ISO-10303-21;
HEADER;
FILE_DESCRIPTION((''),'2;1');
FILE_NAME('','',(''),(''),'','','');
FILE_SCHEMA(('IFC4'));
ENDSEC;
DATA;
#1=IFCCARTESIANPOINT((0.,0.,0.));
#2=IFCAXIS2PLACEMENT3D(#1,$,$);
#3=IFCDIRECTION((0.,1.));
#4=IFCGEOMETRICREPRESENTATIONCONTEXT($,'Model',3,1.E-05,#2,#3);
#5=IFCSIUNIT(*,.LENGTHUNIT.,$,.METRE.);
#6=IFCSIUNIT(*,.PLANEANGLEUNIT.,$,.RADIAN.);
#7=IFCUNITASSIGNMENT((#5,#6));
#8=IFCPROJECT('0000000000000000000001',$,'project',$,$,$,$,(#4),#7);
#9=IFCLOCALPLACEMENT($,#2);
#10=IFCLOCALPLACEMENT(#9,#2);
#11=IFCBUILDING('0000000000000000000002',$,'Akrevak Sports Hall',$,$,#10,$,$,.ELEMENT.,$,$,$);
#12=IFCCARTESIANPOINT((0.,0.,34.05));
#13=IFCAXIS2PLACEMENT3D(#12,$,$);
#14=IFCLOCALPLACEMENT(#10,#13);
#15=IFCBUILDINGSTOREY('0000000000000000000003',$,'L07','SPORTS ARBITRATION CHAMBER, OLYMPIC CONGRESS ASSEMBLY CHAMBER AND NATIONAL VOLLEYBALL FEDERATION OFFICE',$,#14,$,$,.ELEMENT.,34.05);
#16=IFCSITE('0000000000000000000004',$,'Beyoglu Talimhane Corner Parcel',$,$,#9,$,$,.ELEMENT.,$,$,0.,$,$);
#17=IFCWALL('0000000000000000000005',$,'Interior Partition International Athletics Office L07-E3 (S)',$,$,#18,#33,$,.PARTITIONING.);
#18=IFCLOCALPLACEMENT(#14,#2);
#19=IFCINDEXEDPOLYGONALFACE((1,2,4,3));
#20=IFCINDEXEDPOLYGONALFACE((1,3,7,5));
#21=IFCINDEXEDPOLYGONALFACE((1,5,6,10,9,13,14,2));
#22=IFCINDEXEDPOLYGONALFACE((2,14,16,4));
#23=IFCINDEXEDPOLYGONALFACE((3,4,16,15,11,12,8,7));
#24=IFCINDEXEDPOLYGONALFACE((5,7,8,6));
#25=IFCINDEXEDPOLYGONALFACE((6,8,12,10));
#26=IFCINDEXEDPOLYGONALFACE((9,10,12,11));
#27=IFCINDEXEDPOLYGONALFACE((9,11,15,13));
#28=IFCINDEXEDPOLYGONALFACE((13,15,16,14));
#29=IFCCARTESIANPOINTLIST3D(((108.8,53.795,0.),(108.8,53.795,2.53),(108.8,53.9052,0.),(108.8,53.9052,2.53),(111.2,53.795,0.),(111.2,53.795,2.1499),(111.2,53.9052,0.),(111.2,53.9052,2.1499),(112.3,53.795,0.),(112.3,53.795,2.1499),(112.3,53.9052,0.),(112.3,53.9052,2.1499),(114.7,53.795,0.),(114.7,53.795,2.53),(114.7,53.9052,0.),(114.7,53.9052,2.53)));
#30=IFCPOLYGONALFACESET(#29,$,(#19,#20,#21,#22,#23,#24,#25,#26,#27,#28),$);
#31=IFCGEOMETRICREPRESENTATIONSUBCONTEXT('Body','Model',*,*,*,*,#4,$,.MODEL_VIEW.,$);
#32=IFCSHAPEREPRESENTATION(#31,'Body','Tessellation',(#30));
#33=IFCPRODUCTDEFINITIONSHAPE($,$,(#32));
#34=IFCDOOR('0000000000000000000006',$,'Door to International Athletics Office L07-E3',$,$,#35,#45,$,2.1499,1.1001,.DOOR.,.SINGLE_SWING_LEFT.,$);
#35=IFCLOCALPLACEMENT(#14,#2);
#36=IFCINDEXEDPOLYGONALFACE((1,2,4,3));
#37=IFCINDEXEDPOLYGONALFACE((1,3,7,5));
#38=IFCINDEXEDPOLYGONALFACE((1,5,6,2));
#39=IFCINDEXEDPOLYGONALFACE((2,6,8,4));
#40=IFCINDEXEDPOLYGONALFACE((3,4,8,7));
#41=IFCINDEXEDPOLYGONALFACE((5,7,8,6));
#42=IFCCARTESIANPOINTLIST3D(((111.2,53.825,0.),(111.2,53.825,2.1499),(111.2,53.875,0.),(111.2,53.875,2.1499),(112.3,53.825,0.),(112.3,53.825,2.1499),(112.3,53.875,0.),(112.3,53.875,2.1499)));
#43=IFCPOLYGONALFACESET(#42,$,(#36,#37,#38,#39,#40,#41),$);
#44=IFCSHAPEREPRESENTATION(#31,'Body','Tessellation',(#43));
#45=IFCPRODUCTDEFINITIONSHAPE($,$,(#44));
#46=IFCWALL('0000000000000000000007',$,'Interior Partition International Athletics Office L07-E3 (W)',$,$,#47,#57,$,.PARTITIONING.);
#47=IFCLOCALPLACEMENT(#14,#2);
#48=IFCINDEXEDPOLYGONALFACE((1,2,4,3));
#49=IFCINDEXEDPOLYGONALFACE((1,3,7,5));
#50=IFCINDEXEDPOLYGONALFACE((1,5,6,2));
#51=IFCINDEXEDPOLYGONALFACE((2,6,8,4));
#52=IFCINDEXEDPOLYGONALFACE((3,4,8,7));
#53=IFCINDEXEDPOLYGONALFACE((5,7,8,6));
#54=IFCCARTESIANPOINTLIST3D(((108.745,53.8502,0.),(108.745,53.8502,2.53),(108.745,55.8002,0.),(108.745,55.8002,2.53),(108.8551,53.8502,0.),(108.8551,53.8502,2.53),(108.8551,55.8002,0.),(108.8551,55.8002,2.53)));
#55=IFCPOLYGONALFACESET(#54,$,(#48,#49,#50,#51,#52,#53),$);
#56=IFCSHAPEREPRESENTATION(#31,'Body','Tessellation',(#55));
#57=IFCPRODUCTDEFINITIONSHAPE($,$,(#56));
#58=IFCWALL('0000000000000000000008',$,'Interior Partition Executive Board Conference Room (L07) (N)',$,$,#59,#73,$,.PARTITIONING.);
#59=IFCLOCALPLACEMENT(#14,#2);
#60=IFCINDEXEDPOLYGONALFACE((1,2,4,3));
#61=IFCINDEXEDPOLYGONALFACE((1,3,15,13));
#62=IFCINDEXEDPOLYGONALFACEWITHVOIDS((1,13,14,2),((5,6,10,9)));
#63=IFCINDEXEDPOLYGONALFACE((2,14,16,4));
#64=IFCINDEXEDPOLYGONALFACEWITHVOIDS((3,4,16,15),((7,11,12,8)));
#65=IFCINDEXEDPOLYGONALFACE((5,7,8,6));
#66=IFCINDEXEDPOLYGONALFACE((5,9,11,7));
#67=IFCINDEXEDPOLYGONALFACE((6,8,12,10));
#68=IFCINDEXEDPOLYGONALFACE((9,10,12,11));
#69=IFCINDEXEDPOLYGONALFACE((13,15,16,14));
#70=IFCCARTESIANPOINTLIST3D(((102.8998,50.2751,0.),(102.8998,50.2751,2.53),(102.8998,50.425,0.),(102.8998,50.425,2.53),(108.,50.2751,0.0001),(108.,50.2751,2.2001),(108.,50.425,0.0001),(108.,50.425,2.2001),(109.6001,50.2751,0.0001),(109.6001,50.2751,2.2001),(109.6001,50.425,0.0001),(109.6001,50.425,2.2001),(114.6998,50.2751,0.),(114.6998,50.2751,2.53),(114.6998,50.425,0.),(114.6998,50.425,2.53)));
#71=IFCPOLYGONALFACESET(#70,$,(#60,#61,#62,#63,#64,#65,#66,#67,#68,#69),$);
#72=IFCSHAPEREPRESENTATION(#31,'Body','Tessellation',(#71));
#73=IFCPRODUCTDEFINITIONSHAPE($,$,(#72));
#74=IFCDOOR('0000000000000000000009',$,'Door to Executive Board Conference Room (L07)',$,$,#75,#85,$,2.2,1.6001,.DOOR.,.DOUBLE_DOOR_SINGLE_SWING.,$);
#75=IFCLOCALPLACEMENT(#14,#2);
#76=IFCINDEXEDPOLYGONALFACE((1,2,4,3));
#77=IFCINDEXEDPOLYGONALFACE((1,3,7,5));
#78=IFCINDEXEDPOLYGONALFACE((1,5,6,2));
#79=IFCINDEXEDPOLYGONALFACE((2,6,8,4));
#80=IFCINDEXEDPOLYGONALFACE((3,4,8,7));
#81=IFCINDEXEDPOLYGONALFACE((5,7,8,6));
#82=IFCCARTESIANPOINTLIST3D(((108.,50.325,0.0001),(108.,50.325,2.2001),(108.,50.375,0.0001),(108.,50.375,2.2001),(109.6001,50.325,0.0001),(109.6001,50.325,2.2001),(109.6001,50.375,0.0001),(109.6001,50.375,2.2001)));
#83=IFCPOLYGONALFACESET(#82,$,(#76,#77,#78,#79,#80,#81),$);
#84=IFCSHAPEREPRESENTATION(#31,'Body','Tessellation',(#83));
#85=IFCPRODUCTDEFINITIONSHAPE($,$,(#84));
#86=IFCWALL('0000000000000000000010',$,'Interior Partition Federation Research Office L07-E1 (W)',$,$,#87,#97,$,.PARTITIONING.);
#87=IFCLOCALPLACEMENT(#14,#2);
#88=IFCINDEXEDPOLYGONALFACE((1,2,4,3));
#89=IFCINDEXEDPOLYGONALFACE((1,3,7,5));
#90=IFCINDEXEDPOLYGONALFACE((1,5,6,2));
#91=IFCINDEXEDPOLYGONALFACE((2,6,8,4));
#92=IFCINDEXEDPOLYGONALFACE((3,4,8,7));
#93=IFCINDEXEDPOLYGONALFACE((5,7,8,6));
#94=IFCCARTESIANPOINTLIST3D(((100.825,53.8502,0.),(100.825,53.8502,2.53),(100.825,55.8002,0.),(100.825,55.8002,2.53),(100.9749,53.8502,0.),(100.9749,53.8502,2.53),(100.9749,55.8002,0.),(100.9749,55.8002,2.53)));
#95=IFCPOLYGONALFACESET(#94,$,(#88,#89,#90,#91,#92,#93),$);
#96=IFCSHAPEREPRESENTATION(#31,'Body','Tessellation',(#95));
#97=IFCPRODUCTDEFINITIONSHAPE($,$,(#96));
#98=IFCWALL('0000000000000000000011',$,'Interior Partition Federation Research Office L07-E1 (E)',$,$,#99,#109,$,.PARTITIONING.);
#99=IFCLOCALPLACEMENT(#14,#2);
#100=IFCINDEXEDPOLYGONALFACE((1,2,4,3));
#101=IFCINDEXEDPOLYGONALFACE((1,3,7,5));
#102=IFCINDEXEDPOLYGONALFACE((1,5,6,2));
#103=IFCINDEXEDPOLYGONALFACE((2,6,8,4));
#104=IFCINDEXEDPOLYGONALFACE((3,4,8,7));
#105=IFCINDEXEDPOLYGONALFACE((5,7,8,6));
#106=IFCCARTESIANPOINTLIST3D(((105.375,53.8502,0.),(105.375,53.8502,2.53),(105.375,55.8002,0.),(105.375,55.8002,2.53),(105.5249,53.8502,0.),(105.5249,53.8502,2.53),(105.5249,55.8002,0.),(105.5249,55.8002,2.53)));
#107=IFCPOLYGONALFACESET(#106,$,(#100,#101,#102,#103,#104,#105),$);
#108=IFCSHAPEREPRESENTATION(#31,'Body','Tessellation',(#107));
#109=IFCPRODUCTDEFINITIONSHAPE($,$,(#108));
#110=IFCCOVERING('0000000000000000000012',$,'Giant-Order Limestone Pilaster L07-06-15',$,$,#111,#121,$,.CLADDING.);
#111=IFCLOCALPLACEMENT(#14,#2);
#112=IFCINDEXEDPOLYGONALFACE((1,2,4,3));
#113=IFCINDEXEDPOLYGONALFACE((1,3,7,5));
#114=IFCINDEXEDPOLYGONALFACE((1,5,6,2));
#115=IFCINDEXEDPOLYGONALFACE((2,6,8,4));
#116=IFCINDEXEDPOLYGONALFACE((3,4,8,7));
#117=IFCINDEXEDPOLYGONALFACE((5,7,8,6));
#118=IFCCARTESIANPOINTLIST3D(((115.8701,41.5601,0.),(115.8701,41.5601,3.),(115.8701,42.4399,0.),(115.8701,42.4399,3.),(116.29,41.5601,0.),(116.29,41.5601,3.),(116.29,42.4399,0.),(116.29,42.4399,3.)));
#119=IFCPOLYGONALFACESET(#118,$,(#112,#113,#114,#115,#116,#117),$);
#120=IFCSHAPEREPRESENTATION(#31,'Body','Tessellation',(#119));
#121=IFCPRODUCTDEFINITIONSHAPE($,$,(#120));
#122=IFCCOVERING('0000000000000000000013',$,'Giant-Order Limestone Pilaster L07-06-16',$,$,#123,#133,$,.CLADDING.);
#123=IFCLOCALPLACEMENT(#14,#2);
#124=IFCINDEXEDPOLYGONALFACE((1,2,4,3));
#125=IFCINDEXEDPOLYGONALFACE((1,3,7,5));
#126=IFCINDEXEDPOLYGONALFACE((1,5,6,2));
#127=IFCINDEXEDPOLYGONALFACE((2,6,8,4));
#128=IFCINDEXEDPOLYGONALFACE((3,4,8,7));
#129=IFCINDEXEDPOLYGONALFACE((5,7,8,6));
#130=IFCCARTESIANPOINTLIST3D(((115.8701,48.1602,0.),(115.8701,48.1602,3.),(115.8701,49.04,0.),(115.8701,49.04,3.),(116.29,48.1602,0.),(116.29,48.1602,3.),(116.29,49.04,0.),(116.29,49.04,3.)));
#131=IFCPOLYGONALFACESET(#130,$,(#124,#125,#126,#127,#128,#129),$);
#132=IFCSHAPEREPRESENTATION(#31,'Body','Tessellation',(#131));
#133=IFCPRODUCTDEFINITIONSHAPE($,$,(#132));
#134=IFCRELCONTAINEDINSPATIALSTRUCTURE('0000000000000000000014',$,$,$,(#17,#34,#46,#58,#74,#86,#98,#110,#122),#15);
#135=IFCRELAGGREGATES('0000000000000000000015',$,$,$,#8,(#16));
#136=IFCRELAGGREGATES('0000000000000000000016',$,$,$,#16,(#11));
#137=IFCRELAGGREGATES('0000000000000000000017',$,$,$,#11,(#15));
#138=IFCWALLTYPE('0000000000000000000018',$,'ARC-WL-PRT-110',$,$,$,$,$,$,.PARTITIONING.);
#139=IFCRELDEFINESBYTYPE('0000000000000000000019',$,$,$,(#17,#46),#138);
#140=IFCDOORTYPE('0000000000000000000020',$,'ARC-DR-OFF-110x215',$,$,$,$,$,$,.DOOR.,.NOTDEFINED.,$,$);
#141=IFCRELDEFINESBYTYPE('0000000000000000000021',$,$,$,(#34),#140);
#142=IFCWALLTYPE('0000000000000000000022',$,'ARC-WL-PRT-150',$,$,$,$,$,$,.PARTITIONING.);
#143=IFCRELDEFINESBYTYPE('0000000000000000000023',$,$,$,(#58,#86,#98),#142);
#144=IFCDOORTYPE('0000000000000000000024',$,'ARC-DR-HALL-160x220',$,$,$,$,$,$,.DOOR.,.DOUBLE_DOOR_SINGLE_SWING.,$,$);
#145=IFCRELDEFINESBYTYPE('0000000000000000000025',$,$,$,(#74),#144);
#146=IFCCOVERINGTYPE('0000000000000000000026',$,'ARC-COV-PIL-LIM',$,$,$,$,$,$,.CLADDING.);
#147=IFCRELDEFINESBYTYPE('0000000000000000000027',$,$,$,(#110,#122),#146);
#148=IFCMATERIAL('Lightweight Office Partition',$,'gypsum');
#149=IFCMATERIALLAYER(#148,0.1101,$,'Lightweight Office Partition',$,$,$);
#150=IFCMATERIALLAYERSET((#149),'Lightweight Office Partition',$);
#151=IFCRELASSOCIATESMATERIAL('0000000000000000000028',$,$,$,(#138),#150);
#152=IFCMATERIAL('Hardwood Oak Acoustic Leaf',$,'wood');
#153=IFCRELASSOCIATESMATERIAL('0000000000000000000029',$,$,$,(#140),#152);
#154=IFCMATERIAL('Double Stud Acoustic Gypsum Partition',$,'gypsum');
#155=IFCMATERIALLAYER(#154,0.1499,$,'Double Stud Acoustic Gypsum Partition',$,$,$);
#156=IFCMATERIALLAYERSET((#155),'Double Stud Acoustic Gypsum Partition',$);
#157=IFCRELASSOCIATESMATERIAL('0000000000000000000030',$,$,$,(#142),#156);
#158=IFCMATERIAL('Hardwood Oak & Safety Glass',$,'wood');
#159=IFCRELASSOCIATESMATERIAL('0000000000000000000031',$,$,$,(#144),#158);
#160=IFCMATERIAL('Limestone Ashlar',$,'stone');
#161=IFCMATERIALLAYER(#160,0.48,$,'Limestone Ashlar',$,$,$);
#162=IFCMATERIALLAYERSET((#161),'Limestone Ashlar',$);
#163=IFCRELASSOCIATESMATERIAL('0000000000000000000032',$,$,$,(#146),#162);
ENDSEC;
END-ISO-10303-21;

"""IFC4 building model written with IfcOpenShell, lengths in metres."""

from ifc_helpers import new_model, si_unit, direction, frame, frame_2d, origin, origin_2d, place, context, subcontext, project, spatial, rectangle, extrude, material, layer, layer_set, type_object, element, fill, save


model = new_model("IFC4")

# Units and contexts
model_context = context("Model", 3, precision=1e-05, world=origin(), true_north=direction((0.0, 1.0)))
body_context = subcontext(model_context, "Body", "Model", "MODEL_VIEW")
ifc_project = project(units=[si_unit("LENGTHUNIT", "METRE"), si_unit("PLANEANGLEUNIT", "RADIAN")], contexts=[model_context])

# Site, building, storey
site_placement = place(None, origin())
site = spatial("IfcSite", under=ifc_project, at=site_placement, Name="Beyoglu Talimhane Corner Parcel", CompositionType="ELEMENT", RefElevation=0.0)
building_placement = place(site_placement, origin())
building = spatial("IfcBuilding", under=site, at=building_placement, Name="Akrevak Sports Hall", CompositionType="ELEMENT")
storey_placement = place(building_placement, frame((0.0, 0.0, 34.05)))
storey = spatial("IfcBuildingStorey", under=building, at=storey_placement, Name="L07", Description="SPORTS ARBITRATION CHAMBER, OLYMPIC CONGRESS ASSEMBLY CHAMBER AND NATIONAL VOLLEYBALL FEDERATION OFFICE", CompositionType="ELEMENT", Elevation=34.05)

# Wall, opening, door
ifc_material_1 = material(Name="Lightweight Office Partition", Category="gypsum")
ifc_layer_1 = layer(ifc_material_1, 0.1101, Name="Lightweight Office Partition")
ifc_layer_set_1 = layer_set([ifc_layer_1], Name="Lightweight Office Partition")
wall_type_1 = type_object("IfcWallType", Name="ARC-WL-PRT-110", PredefinedType="PARTITIONING", material=ifc_layer_set_1)
wall_1_placement = place(storey_placement, frame((108.8, 53.8501, 0.0), z_axis=(0.0, 0.0, 1.0), x_axis=(1.0, 0.0, 0.0)))
wall_1 = element("IfcWall", 1, at=wall_1_placement, inside=storey, type_object=wall_type_1, Name="Interior Partition International Athletics Office L07-E3 (S)", PredefinedType="PARTITIONING", context=body_context, shape_type="SweptSolid", body=[
    extrude(rectangle(XDim=5.8999, YDim=0.1101, at=frame_2d((2.95, 0.0))), origin(), (0.0, 0.0, 1.0), 2.53),
])
opening_1_placement = place(wall_1_placement, frame((2.3999, 0.0, 0.0)))
opening_1 = element("IfcOpeningElement", 2, at=opening_1_placement, cuts=wall_1, PredefinedType="OPENING", context=body_context, shape_type="SweptSolid", body=[
    extrude(rectangle(XDim=1.1001, YDim=2.1499, at=frame_2d((0.55, 1.075))), frame((0.0, 0.0669, 0.0), z_axis=(0.0, -1.0, 0.0), x_axis=(1.0, 0.0, 0.0)), (0.0, 0.0, 1.0), 0.134),
])
ifc_material_2 = material(Name="Hardwood Oak Acoustic Leaf", Category="wood")
door_type_1 = type_object("IfcDoorType", Name="ARC-DR-OFF-110x215", OperationType="NOTDEFINED", PredefinedType="DOOR", material=ifc_material_2)
door_1_placement = place(opening_1_placement, origin())
door_1 = element("IfcDoor", 3, at=door_1_placement, inside=storey, type_object=door_type_1, Name="Door to International Athletics Office L07-E3", OperationType="SINGLE_SWING_LEFT", OverallHeight=2.1499, OverallWidth=1.1001, PredefinedType="DOOR", context=body_context, shape_type="SweptSolid", body=[
    extrude(rectangle(XDim=1.1001, YDim=2.1499, at=frame_2d((0.55, 1.075))), frame((0.0, 0.0249, 0.0), z_axis=(0.0, -1.0, 0.0), x_axis=(1.0, 0.0, 0.0)), (0.0, 0.0, 1.0), 0.05),
])
fill(opening_1, door_1)

# Wall
wall_2_placement = place(storey_placement, frame((108.8, 53.8501, 0.0), z_axis=(0.0, 0.0, 1.0), x_axis=(0.0, 1.0, 0.0)))
element("IfcWall", 4, at=wall_2_placement, inside=storey, type_object=wall_type_1, Name="Interior Partition International Athletics Office L07-E3 (W)", PredefinedType="PARTITIONING", context=body_context, shape_type="SweptSolid", body=[
    extrude(rectangle(XDim=1.95, YDim=0.1101, at=frame_2d((0.9751, 0.0))), origin(), (0.0, 0.0, 1.0), 2.53),
])

# Wall, opening, door
ifc_material_3 = material(Name="Double Stud Acoustic Gypsum Partition", Category="gypsum")
ifc_layer_2 = layer(ifc_material_3, 0.1499, Name="Double Stud Acoustic Gypsum Partition")
ifc_layer_set_2 = layer_set([ifc_layer_2], Name="Double Stud Acoustic Gypsum Partition")
wall_type_2 = type_object("IfcWallType", Name="ARC-WL-PRT-150", PredefinedType="PARTITIONING", material=ifc_layer_set_2)
wall_3_placement = place(storey_placement, frame((102.8999, 50.3501, 0.0), z_axis=(0.0, 0.0, 1.0), x_axis=(1.0, 0.0, 0.0)))
wall_3 = element("IfcWall", 5, at=wall_3_placement, inside=storey, type_object=wall_type_2, Name="Interior Partition Executive Board Conference Room (L07) (N)", PredefinedType="PARTITIONING", context=body_context, shape_type="SweptSolid", body=[
    extrude(rectangle(XDim=11.8, YDim=0.1499, at=frame_2d((5.8999, 0.0))), origin(), (0.0, 0.0, 1.0), 2.53),
])
opening_2_placement = place(wall_3_placement, frame((5.1001, 0.0, 0.0)))
opening_2 = element("IfcOpeningElement", 6, at=opening_2_placement, cuts=wall_3, PredefinedType="OPENING", context=body_context, shape_type="SweptSolid", body=[
    extrude(rectangle(XDim=1.6001, YDim=2.2, at=frame_2d((0.8, 1.1001))), frame((0.0, 0.0869, 0.0), z_axis=(0.0, -1.0, 0.0), x_axis=(1.0, 0.0, 0.0)), (0.0, 0.0, 1.0), 0.1738),
])
ifc_material_4 = material(Name="Hardwood Oak & Safety Glass", Category="wood")
door_type_2 = type_object("IfcDoorType", Name="ARC-DR-HALL-160x220", OperationType="DOUBLE_DOOR_SINGLE_SWING", PredefinedType="DOOR", material=ifc_material_4)
door_2_placement = place(opening_2_placement, origin())
door_2 = element("IfcDoor", 7, at=door_2_placement, inside=storey, type_object=door_type_2, Name="Door to Executive Board Conference Room (L07)", OperationType="DOUBLE_DOOR_SINGLE_SWING", OverallHeight=2.2, OverallWidth=1.6001, PredefinedType="DOOR", context=body_context, shape_type="SweptSolid", body=[
    extrude(rectangle(XDim=1.6001, YDim=2.2, at=frame_2d((0.8, 1.1001))), frame((0.0, 0.0249, 0.0), z_axis=(0.0, -1.0, 0.0), x_axis=(1.0, 0.0, 0.0)), (0.0, 0.0, 1.0), 0.05),
])
fill(opening_2, door_2)

# Walls
for number, where, z_axis, x_axis, name in (
    (8, (100.8999, 53.8501, 0.0), (0.0, 0.0, 1.0), (0.0, 1.0, 0.0), "Interior Partition Federation Research Office L07-E1 (W)"),
    (9, (105.45, 53.8501, 0.0), (0.0, 0.0, 1.0), (0.0, 1.0, 0.0), "Interior Partition Federation Research Office L07-E1 (E)"),
):
    element("IfcWall", number, at=place(storey_placement, frame(where, z_axis=z_axis, x_axis=x_axis)), inside=storey, type_object=wall_type_2, Name=name, PredefinedType="PARTITIONING", context=body_context, shape_type="SweptSolid", body=[
        extrude(rectangle(XDim=1.95, YDim=0.1499, at=frame_2d((0.9751, 0.0))), origin(), (0.0, 0.0, 1.0), 2.53),
    ])

# Coverings
ifc_material_5 = material(Name="Limestone Ashlar", Category="stone")
ifc_layer_3 = layer(ifc_material_5, 0.48, Name="Limestone Ashlar")
ifc_layer_set_3 = layer_set([ifc_layer_3], Name="Limestone Ashlar")
covering_type = type_object("IfcCoveringType", Name="ARC-COV-PIL-LIM", PredefinedType="CLADDING", material=ifc_layer_set_3)
for number, where, z_axis, x_axis, name in (
    (10, (116.0801, 42.0, 0.0), (0.0, 0.0, 1.0), (0.0, 1.0, 0.0), "Giant-Order Limestone Pilaster L07-06-15"),
    (11, (116.0801, 48.6001, 0.0), (0.0, 0.0, 1.0), (0.0, 1.0, 0.0), "Giant-Order Limestone Pilaster L07-06-16"),
):
    element("IfcCovering", number, at=place(storey_placement, frame(where, z_axis=z_axis, x_axis=x_axis)), inside=storey, type_object=covering_type, Name=name, PredefinedType="CLADDING", context=body_context, shape_type="SweptSolid", body=[
        extrude(rectangle(XDim=0.8799, YDim=0.4199, at=origin_2d()), origin(), (0.0, 0.0, 1.0), 3.0),
    ])

save(model, "model.ifc")
